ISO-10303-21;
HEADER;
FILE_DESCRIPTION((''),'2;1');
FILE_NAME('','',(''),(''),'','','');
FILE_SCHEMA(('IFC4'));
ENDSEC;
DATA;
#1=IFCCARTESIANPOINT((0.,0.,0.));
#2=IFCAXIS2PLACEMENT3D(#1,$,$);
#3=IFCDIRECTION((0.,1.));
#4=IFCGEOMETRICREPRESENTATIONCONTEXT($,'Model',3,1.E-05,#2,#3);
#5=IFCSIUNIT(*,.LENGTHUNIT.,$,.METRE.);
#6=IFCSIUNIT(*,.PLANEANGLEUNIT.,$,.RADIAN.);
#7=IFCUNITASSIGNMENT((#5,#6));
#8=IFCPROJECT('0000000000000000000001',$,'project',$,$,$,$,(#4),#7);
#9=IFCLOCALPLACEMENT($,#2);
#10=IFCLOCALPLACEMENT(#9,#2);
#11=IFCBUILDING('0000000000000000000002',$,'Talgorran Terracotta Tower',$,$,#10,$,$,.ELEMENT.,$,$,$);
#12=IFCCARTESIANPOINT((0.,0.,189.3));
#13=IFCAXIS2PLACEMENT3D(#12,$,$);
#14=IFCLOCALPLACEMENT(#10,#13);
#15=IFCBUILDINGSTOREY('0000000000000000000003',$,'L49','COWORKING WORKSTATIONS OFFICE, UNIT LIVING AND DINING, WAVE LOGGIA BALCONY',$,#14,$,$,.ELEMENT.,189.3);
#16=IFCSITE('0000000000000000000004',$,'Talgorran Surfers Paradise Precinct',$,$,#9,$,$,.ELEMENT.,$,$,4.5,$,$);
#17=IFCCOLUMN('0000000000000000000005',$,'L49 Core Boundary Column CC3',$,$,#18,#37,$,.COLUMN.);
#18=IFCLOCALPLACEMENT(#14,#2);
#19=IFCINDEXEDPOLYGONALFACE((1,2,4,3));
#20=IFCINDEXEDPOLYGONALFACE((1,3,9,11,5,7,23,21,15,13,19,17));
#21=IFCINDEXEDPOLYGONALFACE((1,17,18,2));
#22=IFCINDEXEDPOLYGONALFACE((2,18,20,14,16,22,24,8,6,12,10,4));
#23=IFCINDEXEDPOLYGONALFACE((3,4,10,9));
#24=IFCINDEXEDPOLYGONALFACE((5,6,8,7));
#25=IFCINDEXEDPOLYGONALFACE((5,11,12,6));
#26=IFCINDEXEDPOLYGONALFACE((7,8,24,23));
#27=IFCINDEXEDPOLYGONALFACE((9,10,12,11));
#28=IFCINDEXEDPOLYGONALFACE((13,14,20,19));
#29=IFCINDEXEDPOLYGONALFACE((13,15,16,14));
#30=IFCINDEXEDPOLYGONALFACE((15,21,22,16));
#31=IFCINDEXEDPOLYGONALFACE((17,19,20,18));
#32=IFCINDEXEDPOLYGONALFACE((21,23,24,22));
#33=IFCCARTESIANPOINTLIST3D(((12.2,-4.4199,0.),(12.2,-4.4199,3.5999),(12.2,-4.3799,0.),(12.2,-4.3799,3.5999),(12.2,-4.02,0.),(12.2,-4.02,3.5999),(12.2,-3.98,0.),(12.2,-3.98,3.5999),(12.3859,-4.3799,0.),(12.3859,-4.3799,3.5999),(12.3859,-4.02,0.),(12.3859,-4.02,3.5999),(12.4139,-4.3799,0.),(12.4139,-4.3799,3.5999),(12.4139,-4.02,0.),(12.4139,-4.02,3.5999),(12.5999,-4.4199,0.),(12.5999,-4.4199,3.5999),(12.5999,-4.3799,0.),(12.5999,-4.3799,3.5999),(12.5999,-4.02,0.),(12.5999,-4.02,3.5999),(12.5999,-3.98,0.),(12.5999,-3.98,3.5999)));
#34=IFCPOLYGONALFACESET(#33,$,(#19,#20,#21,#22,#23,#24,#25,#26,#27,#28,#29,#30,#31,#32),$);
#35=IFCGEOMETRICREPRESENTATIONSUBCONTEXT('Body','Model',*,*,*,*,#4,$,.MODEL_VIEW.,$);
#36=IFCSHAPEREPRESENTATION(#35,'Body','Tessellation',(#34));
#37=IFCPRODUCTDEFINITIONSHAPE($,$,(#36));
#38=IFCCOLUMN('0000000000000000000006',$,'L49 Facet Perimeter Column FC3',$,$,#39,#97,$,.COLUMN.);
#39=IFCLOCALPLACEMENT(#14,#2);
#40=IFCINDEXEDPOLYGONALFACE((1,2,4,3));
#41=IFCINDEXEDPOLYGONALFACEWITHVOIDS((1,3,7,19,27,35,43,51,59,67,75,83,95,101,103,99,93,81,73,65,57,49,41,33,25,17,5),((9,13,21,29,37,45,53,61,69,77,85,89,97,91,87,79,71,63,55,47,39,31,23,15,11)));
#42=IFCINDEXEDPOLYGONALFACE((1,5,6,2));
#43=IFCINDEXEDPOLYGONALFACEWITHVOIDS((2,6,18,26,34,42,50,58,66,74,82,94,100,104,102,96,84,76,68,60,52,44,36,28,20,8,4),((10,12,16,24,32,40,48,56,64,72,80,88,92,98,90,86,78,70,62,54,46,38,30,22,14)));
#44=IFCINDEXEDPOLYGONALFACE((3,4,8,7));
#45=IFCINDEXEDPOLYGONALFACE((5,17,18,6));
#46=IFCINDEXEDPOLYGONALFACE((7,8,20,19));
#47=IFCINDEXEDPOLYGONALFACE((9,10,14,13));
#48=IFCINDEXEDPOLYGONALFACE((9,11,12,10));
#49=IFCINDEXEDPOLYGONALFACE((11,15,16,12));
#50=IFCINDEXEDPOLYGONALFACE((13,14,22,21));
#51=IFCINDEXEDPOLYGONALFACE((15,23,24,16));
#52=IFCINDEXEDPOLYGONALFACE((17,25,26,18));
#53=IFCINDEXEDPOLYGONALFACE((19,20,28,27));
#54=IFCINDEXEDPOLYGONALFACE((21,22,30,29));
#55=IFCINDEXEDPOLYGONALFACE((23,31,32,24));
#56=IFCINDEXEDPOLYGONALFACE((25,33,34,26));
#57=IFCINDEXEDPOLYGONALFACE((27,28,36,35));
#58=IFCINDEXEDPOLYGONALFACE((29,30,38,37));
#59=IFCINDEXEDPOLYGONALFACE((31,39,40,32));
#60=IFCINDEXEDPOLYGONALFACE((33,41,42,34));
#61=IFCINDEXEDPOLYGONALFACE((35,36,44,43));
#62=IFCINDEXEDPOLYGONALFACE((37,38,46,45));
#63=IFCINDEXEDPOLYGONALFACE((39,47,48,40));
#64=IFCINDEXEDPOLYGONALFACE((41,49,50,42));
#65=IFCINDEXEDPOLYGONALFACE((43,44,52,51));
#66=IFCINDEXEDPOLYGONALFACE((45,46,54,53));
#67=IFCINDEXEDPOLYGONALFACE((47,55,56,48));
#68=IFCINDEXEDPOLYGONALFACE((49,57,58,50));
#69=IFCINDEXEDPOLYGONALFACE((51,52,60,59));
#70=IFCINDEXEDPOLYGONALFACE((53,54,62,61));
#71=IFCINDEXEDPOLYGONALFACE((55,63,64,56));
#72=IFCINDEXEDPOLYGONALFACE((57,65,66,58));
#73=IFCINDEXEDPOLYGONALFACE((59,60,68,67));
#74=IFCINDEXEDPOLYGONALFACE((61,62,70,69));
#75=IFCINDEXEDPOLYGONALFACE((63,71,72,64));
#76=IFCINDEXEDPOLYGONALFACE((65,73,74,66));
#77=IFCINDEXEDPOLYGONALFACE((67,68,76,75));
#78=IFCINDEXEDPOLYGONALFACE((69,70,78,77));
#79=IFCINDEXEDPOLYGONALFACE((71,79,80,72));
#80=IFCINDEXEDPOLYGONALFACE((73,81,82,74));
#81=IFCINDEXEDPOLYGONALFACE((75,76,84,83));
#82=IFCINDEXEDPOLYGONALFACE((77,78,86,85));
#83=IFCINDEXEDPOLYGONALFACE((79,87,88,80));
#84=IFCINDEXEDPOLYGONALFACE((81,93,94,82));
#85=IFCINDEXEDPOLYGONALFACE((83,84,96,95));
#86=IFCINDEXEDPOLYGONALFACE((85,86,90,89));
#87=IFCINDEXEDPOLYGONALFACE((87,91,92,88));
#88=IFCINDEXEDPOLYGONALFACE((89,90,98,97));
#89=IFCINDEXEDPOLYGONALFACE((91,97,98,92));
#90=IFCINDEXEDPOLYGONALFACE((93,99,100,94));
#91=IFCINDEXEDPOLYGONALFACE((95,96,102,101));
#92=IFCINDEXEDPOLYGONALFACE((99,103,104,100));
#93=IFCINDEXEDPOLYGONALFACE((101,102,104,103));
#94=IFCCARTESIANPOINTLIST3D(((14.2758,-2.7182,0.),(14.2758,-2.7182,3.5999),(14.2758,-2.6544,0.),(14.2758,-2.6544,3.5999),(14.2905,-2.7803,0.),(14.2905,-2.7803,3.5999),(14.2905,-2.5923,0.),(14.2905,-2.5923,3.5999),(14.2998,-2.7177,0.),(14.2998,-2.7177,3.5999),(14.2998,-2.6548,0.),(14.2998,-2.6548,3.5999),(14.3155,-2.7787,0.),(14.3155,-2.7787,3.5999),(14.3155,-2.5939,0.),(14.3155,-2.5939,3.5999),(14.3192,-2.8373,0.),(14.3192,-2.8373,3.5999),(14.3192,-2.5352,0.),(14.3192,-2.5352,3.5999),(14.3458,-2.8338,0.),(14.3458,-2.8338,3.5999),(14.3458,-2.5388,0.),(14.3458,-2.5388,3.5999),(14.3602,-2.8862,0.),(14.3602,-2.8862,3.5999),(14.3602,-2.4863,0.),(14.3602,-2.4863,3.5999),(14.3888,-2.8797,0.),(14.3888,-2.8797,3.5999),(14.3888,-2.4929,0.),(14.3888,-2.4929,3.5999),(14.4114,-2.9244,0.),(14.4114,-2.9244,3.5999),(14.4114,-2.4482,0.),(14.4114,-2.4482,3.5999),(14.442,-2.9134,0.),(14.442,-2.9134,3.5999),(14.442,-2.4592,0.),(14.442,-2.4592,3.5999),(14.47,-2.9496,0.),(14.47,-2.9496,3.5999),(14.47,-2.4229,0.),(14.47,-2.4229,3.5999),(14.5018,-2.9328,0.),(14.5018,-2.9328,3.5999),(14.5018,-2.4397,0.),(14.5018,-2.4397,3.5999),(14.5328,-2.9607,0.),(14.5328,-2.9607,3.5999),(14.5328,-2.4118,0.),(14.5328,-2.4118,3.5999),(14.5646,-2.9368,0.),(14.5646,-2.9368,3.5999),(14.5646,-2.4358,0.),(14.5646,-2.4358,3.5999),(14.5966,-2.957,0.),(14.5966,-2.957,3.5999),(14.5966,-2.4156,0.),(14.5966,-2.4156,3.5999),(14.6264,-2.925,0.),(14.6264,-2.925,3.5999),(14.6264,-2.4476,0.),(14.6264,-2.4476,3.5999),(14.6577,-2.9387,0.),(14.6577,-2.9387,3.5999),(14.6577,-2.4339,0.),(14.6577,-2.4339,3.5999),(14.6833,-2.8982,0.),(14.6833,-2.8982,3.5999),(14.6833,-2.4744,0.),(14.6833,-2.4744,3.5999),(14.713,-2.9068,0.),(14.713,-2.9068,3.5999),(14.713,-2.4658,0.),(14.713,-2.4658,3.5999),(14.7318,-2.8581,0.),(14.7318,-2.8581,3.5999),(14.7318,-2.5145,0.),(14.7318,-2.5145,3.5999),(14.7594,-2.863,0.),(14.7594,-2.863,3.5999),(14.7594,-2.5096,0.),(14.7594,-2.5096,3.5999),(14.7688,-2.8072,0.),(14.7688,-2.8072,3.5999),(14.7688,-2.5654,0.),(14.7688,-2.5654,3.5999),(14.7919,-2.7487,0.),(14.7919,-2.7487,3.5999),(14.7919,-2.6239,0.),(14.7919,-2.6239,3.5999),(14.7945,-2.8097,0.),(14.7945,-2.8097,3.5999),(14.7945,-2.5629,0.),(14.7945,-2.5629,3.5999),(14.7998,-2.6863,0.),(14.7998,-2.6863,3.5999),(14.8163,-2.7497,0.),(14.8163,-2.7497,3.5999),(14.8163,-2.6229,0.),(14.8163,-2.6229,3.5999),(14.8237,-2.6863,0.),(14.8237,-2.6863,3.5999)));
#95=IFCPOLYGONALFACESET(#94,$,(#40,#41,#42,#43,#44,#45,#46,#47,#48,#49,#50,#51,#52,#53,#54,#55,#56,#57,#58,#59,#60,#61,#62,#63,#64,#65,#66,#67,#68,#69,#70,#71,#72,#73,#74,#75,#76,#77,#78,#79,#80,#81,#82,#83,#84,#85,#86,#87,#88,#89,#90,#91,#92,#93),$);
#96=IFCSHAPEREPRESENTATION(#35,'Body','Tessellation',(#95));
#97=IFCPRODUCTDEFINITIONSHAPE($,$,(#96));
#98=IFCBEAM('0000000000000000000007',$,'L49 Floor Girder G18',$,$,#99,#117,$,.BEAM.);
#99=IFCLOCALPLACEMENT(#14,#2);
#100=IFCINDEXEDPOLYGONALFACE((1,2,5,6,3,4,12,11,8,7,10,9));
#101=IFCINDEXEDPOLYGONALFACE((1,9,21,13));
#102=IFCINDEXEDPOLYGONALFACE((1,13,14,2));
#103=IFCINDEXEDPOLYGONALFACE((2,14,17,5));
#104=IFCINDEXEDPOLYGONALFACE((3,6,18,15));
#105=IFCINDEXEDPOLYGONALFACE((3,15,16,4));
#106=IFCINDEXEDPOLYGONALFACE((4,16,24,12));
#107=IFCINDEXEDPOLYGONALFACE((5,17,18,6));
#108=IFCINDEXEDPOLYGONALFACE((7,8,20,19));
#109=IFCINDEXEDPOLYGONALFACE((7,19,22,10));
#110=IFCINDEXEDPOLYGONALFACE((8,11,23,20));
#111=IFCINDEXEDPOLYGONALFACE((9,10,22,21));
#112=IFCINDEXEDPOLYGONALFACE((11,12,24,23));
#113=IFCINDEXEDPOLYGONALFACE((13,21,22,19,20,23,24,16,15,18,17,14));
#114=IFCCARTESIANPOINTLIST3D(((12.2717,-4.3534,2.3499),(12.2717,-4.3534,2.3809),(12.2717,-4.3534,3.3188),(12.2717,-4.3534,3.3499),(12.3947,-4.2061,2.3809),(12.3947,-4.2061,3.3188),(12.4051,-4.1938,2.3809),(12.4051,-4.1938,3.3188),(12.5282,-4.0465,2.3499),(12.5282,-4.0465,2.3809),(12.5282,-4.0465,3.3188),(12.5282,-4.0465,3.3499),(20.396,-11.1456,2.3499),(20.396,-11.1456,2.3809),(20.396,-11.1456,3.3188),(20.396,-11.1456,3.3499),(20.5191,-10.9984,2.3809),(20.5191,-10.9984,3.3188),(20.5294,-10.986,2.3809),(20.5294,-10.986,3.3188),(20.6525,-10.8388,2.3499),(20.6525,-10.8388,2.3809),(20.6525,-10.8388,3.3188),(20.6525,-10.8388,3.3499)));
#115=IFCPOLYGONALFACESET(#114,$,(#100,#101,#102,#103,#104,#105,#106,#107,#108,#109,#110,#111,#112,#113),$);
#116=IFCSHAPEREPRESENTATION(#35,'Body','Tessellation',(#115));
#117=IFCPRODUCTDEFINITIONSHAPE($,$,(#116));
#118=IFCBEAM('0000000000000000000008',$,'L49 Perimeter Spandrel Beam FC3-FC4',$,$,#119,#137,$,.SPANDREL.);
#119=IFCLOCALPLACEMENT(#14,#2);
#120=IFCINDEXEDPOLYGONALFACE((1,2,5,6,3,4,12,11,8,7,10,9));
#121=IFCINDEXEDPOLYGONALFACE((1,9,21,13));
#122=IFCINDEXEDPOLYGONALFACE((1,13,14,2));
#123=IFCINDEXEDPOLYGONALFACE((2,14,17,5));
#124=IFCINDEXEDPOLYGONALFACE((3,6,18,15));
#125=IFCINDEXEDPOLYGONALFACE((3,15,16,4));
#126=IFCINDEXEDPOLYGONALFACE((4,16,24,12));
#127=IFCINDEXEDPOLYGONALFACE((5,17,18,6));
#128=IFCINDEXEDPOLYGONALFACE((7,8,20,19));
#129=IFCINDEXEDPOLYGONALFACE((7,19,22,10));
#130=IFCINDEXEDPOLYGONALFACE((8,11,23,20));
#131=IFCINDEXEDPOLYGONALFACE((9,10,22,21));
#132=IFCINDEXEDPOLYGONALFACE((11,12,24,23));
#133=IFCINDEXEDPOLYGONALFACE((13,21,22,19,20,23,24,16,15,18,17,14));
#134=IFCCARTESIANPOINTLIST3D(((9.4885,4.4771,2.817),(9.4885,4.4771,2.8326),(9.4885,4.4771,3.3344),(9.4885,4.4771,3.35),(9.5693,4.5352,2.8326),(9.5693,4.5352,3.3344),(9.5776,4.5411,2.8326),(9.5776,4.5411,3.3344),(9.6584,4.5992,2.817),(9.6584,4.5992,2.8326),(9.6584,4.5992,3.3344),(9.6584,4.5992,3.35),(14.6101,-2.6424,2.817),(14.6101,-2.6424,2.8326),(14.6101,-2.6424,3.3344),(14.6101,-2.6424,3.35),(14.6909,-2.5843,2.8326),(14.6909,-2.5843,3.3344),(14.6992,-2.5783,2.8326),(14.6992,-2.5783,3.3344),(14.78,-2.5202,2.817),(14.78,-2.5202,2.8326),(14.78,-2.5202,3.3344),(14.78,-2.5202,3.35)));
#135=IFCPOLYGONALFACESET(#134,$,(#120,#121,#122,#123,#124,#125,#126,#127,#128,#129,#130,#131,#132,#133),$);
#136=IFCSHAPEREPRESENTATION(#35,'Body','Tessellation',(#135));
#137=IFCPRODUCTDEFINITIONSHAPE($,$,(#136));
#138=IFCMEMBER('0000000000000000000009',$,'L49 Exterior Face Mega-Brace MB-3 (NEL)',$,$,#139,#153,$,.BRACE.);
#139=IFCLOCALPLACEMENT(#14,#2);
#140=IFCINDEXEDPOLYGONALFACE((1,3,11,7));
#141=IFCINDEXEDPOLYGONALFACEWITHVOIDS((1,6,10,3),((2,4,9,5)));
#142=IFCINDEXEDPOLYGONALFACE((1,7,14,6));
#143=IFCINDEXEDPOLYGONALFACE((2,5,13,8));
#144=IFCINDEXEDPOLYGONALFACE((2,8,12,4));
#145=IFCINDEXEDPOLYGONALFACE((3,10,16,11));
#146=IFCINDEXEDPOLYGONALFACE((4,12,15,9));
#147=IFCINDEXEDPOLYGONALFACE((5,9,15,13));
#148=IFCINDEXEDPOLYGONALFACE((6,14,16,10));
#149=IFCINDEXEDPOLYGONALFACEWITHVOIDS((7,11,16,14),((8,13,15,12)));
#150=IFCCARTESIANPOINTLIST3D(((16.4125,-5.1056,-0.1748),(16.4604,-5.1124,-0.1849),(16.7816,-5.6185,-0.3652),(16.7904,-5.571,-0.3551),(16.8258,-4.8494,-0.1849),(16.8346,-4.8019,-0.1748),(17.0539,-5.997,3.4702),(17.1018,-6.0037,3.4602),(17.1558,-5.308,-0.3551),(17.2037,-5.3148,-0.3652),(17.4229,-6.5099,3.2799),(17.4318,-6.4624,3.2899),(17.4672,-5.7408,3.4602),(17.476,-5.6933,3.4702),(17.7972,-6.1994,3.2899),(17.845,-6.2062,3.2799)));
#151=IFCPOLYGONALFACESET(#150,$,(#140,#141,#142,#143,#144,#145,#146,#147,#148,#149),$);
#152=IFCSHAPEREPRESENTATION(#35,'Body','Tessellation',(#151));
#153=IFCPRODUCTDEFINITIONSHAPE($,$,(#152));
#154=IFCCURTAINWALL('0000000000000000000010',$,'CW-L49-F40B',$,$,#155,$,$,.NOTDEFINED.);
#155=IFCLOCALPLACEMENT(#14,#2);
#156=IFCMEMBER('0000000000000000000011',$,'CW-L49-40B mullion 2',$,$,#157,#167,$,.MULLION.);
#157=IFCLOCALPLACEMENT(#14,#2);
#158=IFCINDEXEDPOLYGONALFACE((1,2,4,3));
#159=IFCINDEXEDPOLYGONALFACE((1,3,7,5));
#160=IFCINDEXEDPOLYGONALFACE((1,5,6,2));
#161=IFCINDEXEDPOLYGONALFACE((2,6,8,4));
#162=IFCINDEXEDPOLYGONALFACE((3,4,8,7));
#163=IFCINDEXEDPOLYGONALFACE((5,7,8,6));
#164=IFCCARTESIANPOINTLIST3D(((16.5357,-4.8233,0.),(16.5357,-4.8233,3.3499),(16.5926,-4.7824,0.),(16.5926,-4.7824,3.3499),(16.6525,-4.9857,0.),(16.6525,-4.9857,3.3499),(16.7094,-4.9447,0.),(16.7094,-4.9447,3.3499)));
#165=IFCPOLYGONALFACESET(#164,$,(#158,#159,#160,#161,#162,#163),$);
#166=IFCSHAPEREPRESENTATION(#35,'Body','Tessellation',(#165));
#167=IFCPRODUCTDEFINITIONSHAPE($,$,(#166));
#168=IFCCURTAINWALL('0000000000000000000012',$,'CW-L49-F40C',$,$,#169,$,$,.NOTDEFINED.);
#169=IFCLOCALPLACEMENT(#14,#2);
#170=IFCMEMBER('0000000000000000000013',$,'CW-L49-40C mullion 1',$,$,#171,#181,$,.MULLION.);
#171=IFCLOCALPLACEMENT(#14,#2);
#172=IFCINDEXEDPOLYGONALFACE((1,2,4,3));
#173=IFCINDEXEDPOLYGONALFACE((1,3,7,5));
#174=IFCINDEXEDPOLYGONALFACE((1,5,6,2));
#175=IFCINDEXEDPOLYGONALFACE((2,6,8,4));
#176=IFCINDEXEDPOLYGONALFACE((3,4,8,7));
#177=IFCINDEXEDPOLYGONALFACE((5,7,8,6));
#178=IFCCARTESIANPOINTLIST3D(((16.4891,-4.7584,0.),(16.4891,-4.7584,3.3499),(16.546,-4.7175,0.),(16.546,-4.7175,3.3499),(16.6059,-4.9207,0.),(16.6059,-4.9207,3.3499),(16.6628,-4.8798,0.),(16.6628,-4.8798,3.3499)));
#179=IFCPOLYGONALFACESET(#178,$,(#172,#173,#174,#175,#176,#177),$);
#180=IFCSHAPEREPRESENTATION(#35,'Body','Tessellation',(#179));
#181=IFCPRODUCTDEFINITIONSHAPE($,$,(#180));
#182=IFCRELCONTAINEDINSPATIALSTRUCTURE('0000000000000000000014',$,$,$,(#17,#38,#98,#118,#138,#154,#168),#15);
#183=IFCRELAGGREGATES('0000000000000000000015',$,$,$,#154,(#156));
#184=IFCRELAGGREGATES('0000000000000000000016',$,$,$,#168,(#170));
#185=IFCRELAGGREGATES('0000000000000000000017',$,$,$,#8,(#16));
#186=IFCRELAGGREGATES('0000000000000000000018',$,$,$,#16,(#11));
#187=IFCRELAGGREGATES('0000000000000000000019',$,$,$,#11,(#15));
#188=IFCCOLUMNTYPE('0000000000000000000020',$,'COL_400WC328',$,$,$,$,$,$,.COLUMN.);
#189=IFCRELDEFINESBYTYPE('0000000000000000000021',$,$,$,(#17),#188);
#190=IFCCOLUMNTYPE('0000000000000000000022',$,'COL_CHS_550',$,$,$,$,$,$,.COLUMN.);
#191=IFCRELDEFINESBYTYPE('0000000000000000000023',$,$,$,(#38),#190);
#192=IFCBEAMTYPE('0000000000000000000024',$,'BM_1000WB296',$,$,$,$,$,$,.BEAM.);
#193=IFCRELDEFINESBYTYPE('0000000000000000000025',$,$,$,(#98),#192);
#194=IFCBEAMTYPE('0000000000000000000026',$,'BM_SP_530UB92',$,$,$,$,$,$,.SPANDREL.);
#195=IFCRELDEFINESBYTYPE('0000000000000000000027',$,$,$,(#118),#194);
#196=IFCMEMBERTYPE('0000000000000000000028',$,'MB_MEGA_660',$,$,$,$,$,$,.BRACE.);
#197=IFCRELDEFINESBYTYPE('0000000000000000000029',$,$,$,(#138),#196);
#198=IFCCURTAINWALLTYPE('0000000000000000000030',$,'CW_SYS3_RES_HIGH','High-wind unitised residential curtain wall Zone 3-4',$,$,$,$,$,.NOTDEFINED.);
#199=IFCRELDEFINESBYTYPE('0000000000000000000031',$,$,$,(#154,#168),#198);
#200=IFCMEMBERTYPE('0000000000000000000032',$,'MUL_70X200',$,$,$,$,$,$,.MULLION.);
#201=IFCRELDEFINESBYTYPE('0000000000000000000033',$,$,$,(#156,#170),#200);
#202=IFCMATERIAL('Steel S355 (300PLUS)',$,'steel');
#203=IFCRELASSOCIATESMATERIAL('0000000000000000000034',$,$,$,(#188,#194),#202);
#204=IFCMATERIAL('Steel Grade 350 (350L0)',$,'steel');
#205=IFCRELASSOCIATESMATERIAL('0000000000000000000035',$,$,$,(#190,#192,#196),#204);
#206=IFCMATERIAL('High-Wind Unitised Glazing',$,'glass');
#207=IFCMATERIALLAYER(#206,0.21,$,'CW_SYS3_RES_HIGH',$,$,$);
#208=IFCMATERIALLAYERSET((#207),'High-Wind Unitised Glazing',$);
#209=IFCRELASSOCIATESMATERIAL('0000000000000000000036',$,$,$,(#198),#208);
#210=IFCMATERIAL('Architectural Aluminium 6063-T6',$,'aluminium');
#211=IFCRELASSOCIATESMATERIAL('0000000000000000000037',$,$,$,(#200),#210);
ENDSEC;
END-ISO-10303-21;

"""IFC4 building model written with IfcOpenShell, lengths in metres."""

from ifc_helpers import new_model, si_unit, direction, frame, origin, origin_2d, place, context, subcontext, project, spatial, rectangle, hollow_rectangle, hollow_circle, i_section, extrude, material, layer, layer_set, material_profile, profile_set, type_object, element, aggregate, save


model = new_model("IFC4")

# Units and contexts
model_context = context("Model", 3, precision=1e-05, world=origin(), true_north=direction((0.0, 1.0)))
body_context = subcontext(model_context, "Body", "Model", "MODEL_VIEW")
ifc_project = project(units=[si_unit("LENGTHUNIT", "METRE"), si_unit("PLANEANGLEUNIT", "RADIAN")], contexts=[model_context])

# Site, building, storey
site_placement = place(None, origin())
site = spatial("IfcSite", under=ifc_project, at=site_placement, Name="Talgorran Surfers Paradise Precinct", CompositionType="ELEMENT", RefElevation=4.5)
building_placement = place(site_placement, origin())
building = spatial("IfcBuilding", under=site, at=building_placement, Name="Talgorran Terracotta Tower", CompositionType="ELEMENT")
storey_placement = place(building_placement, frame((0.0, 0.0, 189.3)))
storey = spatial("IfcBuildingStorey", under=building, at=storey_placement, Name="L49", Description="COWORKING WORKSTATIONS OFFICE, UNIT LIVING AND DINING, WAVE LOGGIA BALCONY", CompositionType="ELEMENT", Elevation=189.3)

# Columns
ifc_material_1 = material(Name="Steel S355 (300PLUS)", Category="steel")
ifc_material_profile_1 = material_profile(ifc_material_1, i_section(OverallWidth=0.3999, OverallDepth=0.4399, WebThickness=0.0281, FlangeThickness=0.04, at=origin_2d()), Name="400WC328")
ifc_profile_set_1 = profile_set([ifc_material_profile_1], Name="Steel S355 (300PLUS)")
column_type_1 = type_object("IfcColumnType", Name="COL_400WC328", PredefinedType="COLUMN", material=ifc_profile_set_1)
column_1_placement = place(storey_placement, frame((12.3999, -4.2, 0.0), z_axis=(0.0, 0.0, 1.0), x_axis=(1.0, 0.0, 0.0)))
element("IfcColumn", 1, at=column_1_placement, inside=storey, type_object=column_type_1, Name="L49 Core Boundary Column CC3", PredefinedType="COLUMN", context=body_context, shape_type="SweptSolid", body=[
    extrude(i_section(OverallWidth=0.3999, OverallDepth=0.4399, WebThickness=0.0281, FlangeThickness=0.04, at=origin_2d()), origin(), (0.0, 0.0, 1.0), 3.5999),
])
ifc_material_2 = material(Name="Steel Grade 350 (350L0)", Category="steel")
ifc_material_profile_2 = material_profile(ifc_material_2, hollow_circle(Radius=0.2749, WallThickness=0.0239, at=origin_2d()), Name="CHS550X24")
ifc_profile_set_2 = profile_set([ifc_material_profile_2], Name="Steel Grade 350 (350L0)")
column_type_2 = type_object("IfcColumnType", Name="COL_CHS_550", PredefinedType="COLUMN", material=ifc_profile_set_2)
column_2_placement = place(storey_placement, frame((14.5488, -2.6863, 0.0), z_axis=(0.0, 0.0, 1.0), x_axis=(1.0, 0.0, 0.0)))
element("IfcColumn", 2, at=column_2_placement, inside=storey, type_object=column_type_2, Name="L49 Facet Perimeter Column FC3", PredefinedType="COLUMN", context=body_context, shape_type="SweptSolid", body=[
    extrude(hollow_circle(Radius=0.2749, WallThickness=0.0239, at=origin_2d()), origin(), (0.0, 0.0, 1.0), 3.5999),
])

# Beams
ifc_material_profile_3 = material_profile(ifc_material_2, i_section(OverallWidth=0.3999, OverallDepth=1.0, WebThickness=0.0161, FlangeThickness=0.031, at=origin_2d()), Name="1000WB296")
ifc_profile_set_3 = profile_set([ifc_material_profile_3], Name="Steel Grade 350 (350L0)")
beam_type_1 = type_object("IfcBeamType", Name="BM_1000WB296", PredefinedType="BEAM", material=ifc_profile_set_3)
beam_1_placement = place(storey_placement, frame((12.3999, -4.2, 2.8499), z_axis=(0.767198, -0.64141, 0.0), x_axis=(0.64141, 0.767198, 0.0)))
element("IfcBeam", 3, at=beam_1_placement, inside=storey, type_object=beam_type_1, Name="L49 Floor Girder G18", PredefinedType="BEAM", context=body_context, shape_type="SweptSolid", body=[
    extrude(i_section(OverallWidth=0.3999, OverallDepth=1.0, WebThickness=0.0161, FlangeThickness=0.031, at=origin_2d()), origin(), (0.0, 0.0, 1.0), 10.5896),
])
ifc_material_profile_4 = material_profile(ifc_material_1, i_section(OverallWidth=0.2092, OverallDepth=0.533, WebThickness=0.0103, FlangeThickness=0.0156, at=origin_2d()), Name="530UB92.4")
ifc_profile_set_4 = profile_set([ifc_material_profile_4], Name="Steel S355 (300PLUS)")
beam_type_2 = type_object("IfcBeamType", Name="BM_SP_530UB92", PredefinedType="SPANDREL", material=ifc_profile_set_4)
beam_2_placement = place(storey_placement, frame((14.6951, -2.5813, 3.0835), z_axis=(-0.583976, 0.811771, 0.0), x_axis=(-0.811771, -0.583976, 0.0)))
element("IfcBeam", 4, at=beam_2_placement, inside=storey, type_object=beam_type_2, Name="L49 Perimeter Spandrel Beam FC3-FC4", PredefinedType="SPANDREL", context=body_context, shape_type="SweptSolid", body=[
    extrude(i_section(OverallWidth=0.2092, OverallDepth=0.533, WebThickness=0.0103, FlangeThickness=0.0156, at=origin_2d()), origin(), (0.0, 0.0, 1.0), 8.7703),
])

# Member
ifc_material_profile_5 = material_profile(ifc_material_2, hollow_rectangle(XDim=0.52, YDim=0.6599, WallThickness=0.0349, at=origin_2d()), Name="WBOX660X520X35")
ifc_profile_set_5 = profile_set([ifc_material_profile_5], Name="Steel Grade 350 (350L0)")
member_type_1 = type_object("IfcMemberType", Name="MB_MEGA_660", PredefinedType="BRACE", material=ifc_profile_set_5)
member_1_placement = place(storey_placement, frame((16.8081, -5.2102, -0.27), z_axis=(0.168475, -0.234146, 0.957492), x_axis=(0.811716, 0.584053, 0.0)))
element("IfcMember", 5, at=member_1_placement, inside=storey, type_object=member_type_1, Name="L49 Exterior Face Mega-Brace MB-3 (NEL)", PredefinedType="BRACE", context=body_context, shape_type="SweptSolid", body=[
    extrude(hollow_rectangle(XDim=0.52, YDim=0.6599, WallThickness=0.0349, at=origin_2d()), origin(), (0.0, 0.0, 1.0), 3.8069),
])

# Curtain wall, member
ifc_material_3 = material(Name="High-Wind Unitised Glazing", Category="glass")
ifc_layer_1 = layer(ifc_material_3, 0.21, Name="CW_SYS3_RES_HIGH")
ifc_layer_set_1 = layer_set([ifc_layer_1], Name="High-Wind Unitised Glazing")
curtain_wall_type = type_object("IfcCurtainWallType", Name="CW_SYS3_RES_HIGH", Description="High-wind unitised residential curtain wall Zone 3-4", PredefinedType="NOTDEFINED", material=ifc_layer_set_1)
curtain_wall_1_placement = place(storey_placement, origin())
curtain_wall_1 = element("IfcCurtainWall", 6, at=curtain_wall_1_placement, inside=storey, type_object=curtain_wall_type, Name="CW-L49-F40B", PredefinedType="NOTDEFINED")
ifc_material_4 = material(Name="Architectural Aluminium 6063-T6", Category="aluminium")
ifc_material_profile_6 = material_profile(ifc_material_4, rectangle(XDim=0.0701, YDim=0.2, at=origin_2d()), Name="CWM70X200")
ifc_profile_set_6 = profile_set([ifc_material_profile_6], Name="Architectural Aluminium 6063-T6")
member_type_2 = type_object("IfcMemberType", Name="MUL_70X200", PredefinedType="MULLION", material=ifc_profile_set_6)
member_2_placement = place(storey_placement, frame((16.6226, -4.884, 0.0), z_axis=(0.0, 0.0, 1.0), x_axis=(-0.811785, -0.583957, 0.0)))
member_2 = element("IfcMember", 7, at=member_2_placement, type_object=member_type_2, Name="CW-L49-40B mullion 2", PredefinedType="MULLION", context=body_context, shape_type="SweptSolid", body=[
    extrude(rectangle(XDim=0.0701, YDim=0.2, at=origin_2d()), origin(), (0.0, 0.0, 1.0), 3.3499),
])
aggregate(curtain_wall_1, [member_2])

# Curtain wall, member
curtain_wall_2_placement = place(storey_placement, origin())
curtain_wall_2 = element("IfcCurtainWall", 8, at=curtain_wall_2_placement, inside=storey, type_object=curtain_wall_type, Name="CW-L49-F40C", PredefinedType="NOTDEFINED")
member_3_placement = place(storey_placement, frame((16.5759, -4.8191, 0.0), z_axis=(0.0, 0.0, 1.0), x_axis=(-0.81176, -0.583992, 0.0)))
member_3 = element("IfcMember", 9, at=member_3_placement, type_object=member_type_2, Name="CW-L49-40C mullion 1", PredefinedType="MULLION", context=body_context, shape_type="SweptSolid", body=[
    extrude(rectangle(XDim=0.0701, YDim=0.2, at=origin_2d()), origin(), (0.0, 0.0, 1.0), 3.3499),
])

aggregate(curtain_wall_2, [member_3])

save(model, "model.ifc")
